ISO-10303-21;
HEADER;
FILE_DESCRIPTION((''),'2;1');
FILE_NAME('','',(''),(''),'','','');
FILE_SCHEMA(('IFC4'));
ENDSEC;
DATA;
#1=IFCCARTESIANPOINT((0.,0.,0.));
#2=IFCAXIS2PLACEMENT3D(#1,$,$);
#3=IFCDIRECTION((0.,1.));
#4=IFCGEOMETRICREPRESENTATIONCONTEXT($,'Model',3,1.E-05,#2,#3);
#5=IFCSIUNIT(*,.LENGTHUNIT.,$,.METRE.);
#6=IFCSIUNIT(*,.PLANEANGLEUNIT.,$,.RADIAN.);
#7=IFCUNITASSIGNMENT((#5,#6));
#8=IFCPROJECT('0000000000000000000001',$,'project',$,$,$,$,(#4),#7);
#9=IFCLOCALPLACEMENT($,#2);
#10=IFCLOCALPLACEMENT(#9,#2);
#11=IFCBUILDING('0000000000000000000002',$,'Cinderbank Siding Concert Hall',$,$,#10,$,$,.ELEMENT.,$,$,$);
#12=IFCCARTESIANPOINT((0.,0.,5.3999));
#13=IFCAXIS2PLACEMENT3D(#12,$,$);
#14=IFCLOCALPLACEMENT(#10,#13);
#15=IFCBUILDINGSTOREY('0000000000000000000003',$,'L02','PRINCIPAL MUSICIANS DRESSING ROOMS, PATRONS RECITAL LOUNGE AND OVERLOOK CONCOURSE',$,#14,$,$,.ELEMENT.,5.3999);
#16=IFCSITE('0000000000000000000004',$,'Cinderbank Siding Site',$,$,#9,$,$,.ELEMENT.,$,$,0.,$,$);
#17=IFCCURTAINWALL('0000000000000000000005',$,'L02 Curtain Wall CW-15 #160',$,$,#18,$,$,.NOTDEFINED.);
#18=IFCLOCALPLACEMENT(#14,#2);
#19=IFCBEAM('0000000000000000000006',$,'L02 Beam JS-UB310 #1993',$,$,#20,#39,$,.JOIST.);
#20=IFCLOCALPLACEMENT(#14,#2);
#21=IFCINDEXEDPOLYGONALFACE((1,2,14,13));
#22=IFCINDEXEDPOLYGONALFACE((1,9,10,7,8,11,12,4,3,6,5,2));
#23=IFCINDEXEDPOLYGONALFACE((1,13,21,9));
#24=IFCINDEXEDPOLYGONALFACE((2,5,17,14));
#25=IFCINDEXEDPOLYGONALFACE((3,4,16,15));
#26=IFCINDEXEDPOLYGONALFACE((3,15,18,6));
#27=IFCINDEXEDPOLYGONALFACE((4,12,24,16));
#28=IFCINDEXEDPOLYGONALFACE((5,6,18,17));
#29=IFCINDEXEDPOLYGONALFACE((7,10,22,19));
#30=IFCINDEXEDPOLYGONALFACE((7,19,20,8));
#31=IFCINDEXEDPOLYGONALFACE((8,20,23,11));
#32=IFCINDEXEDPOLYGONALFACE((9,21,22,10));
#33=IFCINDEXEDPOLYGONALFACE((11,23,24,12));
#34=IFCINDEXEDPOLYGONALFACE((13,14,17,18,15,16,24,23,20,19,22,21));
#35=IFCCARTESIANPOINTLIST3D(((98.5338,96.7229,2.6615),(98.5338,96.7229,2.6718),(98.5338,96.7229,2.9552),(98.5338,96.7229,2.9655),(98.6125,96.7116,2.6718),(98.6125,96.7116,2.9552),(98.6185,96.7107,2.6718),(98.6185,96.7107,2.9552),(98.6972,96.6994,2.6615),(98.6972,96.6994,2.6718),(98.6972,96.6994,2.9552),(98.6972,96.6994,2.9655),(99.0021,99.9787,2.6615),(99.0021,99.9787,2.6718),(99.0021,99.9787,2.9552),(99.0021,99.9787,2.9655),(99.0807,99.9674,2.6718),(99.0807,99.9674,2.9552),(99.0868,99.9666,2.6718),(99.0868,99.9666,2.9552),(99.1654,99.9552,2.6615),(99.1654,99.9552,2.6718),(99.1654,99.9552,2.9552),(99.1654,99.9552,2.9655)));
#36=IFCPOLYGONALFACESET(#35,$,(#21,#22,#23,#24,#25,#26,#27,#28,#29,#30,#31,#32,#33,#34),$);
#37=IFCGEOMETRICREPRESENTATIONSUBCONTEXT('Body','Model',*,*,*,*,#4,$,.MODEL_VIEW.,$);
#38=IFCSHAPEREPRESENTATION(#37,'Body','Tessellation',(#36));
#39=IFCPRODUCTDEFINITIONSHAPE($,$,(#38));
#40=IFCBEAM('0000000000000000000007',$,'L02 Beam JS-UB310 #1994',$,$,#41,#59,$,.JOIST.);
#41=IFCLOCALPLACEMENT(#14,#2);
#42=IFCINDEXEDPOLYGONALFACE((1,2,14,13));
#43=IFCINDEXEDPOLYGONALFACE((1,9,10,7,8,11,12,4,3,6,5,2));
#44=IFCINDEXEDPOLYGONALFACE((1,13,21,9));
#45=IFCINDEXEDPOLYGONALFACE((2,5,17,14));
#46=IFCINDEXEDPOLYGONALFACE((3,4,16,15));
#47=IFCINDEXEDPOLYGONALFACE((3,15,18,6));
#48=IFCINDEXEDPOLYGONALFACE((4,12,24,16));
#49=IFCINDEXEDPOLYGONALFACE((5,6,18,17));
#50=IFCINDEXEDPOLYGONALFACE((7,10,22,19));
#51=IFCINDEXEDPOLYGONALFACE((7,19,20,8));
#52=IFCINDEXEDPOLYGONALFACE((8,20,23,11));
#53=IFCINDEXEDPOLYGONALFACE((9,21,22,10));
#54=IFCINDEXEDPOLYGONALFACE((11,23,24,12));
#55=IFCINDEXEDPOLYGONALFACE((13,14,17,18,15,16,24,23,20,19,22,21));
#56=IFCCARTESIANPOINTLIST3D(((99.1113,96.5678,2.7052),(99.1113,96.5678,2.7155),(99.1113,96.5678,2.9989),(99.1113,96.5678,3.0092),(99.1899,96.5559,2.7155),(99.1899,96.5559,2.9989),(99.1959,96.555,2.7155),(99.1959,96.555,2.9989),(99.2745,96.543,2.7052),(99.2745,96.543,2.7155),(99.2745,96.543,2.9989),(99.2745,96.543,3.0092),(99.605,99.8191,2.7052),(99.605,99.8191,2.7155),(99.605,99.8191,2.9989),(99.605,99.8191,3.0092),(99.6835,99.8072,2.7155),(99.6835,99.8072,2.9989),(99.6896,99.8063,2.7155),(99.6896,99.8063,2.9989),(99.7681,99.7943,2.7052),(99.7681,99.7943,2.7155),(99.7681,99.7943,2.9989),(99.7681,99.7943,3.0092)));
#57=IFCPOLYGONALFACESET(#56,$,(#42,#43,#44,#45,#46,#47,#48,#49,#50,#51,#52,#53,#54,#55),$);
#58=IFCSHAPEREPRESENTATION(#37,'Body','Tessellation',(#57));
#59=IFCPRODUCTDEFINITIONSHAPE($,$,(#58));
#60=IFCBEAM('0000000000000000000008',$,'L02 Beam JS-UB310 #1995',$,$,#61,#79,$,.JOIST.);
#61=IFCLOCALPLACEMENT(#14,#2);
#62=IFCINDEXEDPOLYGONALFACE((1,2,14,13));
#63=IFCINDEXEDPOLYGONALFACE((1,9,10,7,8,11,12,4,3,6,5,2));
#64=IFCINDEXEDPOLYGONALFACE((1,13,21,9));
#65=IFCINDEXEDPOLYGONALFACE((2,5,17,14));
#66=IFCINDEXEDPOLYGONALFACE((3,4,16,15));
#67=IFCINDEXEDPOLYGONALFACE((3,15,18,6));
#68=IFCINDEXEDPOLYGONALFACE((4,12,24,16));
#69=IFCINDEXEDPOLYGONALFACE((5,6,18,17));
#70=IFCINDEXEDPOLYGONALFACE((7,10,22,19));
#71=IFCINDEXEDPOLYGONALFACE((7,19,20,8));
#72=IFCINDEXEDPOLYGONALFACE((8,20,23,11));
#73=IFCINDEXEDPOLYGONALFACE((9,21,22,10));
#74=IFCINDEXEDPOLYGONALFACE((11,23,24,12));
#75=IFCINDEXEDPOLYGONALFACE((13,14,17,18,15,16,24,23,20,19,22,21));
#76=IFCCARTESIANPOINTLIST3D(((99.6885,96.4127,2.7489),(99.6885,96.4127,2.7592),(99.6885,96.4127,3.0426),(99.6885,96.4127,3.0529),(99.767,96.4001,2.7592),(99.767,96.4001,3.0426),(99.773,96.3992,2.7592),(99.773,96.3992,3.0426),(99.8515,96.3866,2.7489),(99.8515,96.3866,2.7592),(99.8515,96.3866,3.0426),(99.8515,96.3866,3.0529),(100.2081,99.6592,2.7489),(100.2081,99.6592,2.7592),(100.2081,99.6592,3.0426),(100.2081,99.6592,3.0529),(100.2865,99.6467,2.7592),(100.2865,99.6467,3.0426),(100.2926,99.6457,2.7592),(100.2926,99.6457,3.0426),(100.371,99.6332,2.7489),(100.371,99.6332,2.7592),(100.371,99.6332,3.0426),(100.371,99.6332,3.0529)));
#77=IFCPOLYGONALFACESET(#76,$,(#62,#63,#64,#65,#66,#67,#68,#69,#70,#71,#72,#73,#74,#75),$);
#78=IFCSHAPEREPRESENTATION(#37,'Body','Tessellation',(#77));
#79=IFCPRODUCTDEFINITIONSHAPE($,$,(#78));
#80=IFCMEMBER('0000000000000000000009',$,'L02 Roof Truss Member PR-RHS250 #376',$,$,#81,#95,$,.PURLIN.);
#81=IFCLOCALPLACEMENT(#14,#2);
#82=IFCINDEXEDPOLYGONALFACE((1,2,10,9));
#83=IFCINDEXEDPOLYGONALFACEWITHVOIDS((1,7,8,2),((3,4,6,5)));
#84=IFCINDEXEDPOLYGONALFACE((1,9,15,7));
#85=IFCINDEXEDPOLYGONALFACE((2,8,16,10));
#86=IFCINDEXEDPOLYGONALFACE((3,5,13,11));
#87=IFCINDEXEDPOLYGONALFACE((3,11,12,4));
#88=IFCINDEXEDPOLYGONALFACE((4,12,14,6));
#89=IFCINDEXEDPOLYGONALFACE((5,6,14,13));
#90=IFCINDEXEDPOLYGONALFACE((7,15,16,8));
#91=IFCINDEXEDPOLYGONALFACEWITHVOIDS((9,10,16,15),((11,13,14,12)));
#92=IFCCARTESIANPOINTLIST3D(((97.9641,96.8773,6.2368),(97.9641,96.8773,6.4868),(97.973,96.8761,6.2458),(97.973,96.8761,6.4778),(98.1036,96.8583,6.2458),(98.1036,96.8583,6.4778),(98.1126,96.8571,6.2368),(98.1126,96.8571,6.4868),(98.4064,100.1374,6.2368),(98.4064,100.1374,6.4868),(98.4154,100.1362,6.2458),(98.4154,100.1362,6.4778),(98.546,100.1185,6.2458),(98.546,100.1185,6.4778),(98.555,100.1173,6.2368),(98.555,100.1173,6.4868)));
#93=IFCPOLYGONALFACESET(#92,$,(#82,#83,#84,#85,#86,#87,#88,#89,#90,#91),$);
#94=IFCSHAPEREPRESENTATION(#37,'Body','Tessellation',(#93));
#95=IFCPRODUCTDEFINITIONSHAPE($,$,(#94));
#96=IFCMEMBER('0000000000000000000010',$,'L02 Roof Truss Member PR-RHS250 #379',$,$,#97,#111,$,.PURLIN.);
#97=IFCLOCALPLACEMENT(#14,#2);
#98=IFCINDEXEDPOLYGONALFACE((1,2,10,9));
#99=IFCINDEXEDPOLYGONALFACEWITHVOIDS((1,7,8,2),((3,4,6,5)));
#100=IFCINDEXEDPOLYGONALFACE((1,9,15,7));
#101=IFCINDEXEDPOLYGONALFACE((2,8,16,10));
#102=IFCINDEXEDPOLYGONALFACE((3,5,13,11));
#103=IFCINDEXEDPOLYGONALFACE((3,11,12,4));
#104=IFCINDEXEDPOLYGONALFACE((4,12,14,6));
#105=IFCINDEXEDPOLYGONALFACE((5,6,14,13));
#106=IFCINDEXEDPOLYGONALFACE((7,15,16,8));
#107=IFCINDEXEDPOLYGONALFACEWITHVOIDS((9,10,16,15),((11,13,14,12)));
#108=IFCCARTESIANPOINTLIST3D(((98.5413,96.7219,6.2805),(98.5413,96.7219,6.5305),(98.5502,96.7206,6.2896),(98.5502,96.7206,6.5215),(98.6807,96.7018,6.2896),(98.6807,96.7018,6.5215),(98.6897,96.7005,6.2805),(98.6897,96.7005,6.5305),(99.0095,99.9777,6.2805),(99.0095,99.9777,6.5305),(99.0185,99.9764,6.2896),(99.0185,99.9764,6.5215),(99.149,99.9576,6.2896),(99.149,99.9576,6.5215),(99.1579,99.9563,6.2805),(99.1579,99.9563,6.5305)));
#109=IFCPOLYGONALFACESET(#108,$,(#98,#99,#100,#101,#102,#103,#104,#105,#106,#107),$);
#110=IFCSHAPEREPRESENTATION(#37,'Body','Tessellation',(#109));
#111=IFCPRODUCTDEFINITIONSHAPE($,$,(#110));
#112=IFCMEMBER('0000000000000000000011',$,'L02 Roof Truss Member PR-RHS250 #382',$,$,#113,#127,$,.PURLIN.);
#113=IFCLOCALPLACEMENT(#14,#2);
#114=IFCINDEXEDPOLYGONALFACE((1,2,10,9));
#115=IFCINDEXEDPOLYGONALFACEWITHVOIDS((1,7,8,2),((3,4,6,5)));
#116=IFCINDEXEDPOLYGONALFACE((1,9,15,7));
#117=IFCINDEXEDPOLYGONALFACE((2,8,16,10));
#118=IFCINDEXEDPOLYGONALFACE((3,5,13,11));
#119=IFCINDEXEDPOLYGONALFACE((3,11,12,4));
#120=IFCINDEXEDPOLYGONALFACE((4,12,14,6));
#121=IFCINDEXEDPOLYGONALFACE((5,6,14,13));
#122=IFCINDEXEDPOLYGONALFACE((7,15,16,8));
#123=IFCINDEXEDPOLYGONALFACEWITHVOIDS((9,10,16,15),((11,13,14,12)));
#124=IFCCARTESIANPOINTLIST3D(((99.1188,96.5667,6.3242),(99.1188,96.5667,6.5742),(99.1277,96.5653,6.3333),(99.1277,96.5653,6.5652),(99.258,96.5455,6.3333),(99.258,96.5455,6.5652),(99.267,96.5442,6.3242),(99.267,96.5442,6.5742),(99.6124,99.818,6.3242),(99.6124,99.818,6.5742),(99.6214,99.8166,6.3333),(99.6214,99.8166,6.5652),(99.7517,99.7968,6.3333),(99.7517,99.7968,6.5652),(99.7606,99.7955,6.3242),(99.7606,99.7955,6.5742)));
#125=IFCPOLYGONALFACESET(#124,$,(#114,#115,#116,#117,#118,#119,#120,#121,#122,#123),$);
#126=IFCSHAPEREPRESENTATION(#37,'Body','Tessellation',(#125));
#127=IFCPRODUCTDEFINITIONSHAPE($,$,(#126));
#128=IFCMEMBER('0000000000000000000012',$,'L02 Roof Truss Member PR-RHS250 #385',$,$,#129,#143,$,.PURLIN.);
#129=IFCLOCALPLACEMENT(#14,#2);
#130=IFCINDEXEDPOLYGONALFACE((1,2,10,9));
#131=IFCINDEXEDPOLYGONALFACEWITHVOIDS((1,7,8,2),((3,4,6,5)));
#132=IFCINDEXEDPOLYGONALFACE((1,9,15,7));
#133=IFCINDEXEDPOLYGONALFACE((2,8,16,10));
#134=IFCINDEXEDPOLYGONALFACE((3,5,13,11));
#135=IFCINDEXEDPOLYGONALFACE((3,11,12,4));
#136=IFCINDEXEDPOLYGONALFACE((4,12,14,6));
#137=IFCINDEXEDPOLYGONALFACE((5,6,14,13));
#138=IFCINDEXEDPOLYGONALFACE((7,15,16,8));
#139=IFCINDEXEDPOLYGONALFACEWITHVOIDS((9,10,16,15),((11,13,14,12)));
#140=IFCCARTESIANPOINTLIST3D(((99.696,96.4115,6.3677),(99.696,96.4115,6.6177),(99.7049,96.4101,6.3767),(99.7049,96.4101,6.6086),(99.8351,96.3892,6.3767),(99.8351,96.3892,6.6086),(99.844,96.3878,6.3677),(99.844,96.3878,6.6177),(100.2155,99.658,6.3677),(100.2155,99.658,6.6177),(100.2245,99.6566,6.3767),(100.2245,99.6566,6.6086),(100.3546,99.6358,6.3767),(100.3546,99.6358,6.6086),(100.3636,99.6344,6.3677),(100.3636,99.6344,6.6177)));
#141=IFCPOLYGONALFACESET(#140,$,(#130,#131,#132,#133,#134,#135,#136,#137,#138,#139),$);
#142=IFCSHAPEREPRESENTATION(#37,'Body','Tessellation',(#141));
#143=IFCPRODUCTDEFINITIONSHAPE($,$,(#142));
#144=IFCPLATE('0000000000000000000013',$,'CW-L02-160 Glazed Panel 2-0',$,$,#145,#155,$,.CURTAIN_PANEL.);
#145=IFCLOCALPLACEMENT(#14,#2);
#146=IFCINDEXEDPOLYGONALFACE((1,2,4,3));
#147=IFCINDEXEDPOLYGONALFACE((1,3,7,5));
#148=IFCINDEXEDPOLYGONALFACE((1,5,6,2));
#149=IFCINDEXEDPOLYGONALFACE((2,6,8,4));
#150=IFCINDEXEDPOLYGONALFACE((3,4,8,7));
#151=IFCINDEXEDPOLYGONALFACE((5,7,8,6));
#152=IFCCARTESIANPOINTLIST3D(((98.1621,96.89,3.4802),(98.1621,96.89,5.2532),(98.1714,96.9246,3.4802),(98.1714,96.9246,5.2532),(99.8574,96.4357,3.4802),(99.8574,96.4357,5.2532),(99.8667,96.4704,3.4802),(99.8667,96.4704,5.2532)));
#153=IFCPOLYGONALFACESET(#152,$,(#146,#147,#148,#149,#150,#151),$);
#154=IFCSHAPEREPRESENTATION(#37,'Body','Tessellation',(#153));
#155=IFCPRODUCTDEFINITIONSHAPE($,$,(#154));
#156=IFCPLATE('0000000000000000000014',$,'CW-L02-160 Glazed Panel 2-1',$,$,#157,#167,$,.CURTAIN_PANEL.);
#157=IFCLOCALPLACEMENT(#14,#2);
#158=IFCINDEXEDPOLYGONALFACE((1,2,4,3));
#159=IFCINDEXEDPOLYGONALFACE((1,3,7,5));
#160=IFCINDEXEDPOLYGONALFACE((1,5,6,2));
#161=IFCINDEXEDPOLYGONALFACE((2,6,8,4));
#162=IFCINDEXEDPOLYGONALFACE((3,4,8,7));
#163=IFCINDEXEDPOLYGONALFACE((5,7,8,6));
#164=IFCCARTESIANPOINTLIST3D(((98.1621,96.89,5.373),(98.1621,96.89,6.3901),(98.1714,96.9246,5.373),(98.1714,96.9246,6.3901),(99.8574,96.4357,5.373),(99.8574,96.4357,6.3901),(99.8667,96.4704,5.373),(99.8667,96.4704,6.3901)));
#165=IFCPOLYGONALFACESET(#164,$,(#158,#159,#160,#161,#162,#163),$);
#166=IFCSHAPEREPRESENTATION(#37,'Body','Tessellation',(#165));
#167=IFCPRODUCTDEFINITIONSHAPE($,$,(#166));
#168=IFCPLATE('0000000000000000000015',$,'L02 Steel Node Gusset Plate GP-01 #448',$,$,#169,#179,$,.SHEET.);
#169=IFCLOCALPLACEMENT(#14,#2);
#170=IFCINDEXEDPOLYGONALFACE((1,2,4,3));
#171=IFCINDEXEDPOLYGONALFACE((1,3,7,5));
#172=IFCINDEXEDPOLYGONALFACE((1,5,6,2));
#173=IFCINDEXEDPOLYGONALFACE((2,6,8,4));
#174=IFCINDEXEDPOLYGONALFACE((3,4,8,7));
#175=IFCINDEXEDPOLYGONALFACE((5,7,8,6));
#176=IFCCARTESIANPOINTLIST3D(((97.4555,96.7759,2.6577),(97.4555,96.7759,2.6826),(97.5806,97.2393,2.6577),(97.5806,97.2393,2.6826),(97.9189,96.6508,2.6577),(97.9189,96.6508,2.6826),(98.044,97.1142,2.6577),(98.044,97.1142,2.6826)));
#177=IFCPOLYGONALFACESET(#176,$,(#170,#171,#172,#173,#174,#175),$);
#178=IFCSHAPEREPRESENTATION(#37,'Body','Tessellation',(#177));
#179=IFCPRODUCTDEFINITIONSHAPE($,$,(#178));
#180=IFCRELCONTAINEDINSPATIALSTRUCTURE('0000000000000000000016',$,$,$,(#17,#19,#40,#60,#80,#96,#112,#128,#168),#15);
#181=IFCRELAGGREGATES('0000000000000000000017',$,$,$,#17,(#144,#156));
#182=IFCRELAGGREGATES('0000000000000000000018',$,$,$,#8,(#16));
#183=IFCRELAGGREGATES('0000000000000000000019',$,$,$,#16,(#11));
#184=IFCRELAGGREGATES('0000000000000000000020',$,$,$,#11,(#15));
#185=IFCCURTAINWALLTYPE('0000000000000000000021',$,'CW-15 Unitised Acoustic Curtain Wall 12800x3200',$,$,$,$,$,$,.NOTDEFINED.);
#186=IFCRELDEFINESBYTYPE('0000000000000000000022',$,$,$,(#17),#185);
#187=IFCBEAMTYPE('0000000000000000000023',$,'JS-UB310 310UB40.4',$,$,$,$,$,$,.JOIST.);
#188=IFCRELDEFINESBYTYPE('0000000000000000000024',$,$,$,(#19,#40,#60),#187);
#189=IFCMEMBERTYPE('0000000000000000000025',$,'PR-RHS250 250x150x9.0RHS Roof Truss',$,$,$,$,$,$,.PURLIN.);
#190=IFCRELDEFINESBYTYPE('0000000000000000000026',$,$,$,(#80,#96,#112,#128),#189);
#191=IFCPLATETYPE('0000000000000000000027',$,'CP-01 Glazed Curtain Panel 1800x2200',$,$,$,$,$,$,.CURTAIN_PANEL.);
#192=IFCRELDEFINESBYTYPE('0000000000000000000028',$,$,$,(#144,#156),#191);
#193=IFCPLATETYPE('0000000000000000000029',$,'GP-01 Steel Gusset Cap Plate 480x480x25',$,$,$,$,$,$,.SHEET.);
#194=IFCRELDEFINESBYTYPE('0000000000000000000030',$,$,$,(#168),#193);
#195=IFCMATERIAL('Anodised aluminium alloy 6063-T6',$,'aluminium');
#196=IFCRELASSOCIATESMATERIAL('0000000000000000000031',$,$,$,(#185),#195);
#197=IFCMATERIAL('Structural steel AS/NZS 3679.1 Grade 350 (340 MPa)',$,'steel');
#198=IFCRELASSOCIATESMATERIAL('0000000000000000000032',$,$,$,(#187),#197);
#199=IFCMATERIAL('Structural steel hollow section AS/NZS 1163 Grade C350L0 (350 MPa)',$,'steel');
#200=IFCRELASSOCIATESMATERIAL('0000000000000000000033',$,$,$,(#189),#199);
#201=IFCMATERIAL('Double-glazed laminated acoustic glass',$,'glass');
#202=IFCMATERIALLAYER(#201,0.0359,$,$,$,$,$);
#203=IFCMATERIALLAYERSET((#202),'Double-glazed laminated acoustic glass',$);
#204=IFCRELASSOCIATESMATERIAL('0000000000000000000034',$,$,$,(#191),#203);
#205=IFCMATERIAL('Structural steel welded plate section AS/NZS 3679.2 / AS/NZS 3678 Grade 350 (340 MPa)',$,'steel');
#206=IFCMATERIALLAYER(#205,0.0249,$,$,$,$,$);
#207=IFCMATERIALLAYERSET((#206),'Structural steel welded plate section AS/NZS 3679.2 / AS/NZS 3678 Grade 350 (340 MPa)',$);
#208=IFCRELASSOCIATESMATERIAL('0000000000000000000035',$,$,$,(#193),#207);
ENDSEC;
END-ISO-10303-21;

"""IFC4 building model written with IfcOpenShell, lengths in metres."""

from ifc_helpers import new_model, si_unit, direction, frame, origin, origin_2d, place, context, subcontext, project, spatial, rectangle, hollow_rectangle, i_section, extrude, material, layer, layer_set, material_profile, profile_set, type_object, element, aggregate, save


model = new_model("IFC4")

# Units and contexts
model_context = context("Model", 3, precision=1e-05, world=origin(), true_north=direction((0.0, 1.0)))
body_context = subcontext(model_context, "Body", "Model", "MODEL_VIEW")
ifc_project = project(units=[si_unit("LENGTHUNIT", "METRE"), si_unit("PLANEANGLEUNIT", "RADIAN")], contexts=[model_context])

# Site, building, storey
site_placement = place(None, origin())
site = spatial("IfcSite", under=ifc_project, at=site_placement, Name="Cinderbank Siding Site", CompositionType="ELEMENT", RefElevation=0.0)
building_placement = place(site_placement, origin())
building = spatial("IfcBuilding", under=site, at=building_placement, Name="Cinderbank Siding Concert Hall", CompositionType="ELEMENT")
storey_placement = place(building_placement, frame((0.0, 0.0, 5.3999)))
storey = spatial("IfcBuildingStorey", under=building, at=storey_placement, Name="L02", Description="PRINCIPAL MUSICIANS DRESSING ROOMS, PATRONS RECITAL LOUNGE AND OVERLOOK CONCOURSE", CompositionType="ELEMENT", Elevation=5.3999)

# Shared definitions
ifc_material_1 = material(Name="Structural steel hollow section AS/NZS 1163 Grade C350L0 (350 MPa)", Category="steel")

# Curtain wall
ifc_material_2 = material(Name="Anodised aluminium alloy 6063-T6", Category="aluminium")
curtain_wall_type = type_object("IfcCurtainWallType", Name="CW-15 Unitised Acoustic Curtain Wall 12800x3200", PredefinedType="NOTDEFINED", material=ifc_material_2)
curtain_wall_placement = place(storey_placement, origin())
curtain_wall = element("IfcCurtainWall", 1, at=curtain_wall_placement, inside=storey, type_object=curtain_wall_type, Name="L02 Curtain Wall CW-15 #160", PredefinedType="NOTDEFINED")

# Beams
ifc_material_3 = material(Name="Structural steel AS/NZS 3679.1 Grade 350 (340 MPa)", Category="steel")
ifc_material_profile_1 = material_profile(ifc_material_3, i_section(OverallWidth=0.165, OverallDepth=0.304, WebThickness=0.0061, FlangeThickness=0.0103, at=origin_2d()), Name="310UB40.4", Category="LoadBearing")
ifc_profile_set_1 = profile_set([ifc_material_profile_1], Name="Structural steel AS/NZS 3679.1 Grade 350 (340 MPa)")
beam_type = type_object("IfcBeamType", Name="JS-UB310 310UB40.4", PredefinedType="JOIST", material=ifc_profile_set_1)
beam_1_placement = place(storey_placement, frame((98.6155, 96.7112, 2.8135), z_axis=(0.142356, 0.989815, 0.0), x_axis=(-0.989815, 0.142356, 0.0)))
element("IfcBeam", 2, at=beam_1_placement, inside=storey, type_object=beam_type, Name="L02 Beam JS-UB310 #1993", PredefinedType="JOIST", context=body_context, shape_type="SweptSolid", body=[
    extrude(i_section(OverallWidth=0.165, OverallDepth=0.304, WebThickness=0.0061, FlangeThickness=0.0103, at=origin_2d()), origin(), (0.0, 0.0, 1.0), 3.2893),
])
beam_2_placement = place(storey_placement, frame((99.1929, 96.5554, 2.8572), z_axis=(0.150115, 0.988668, 0.0), x_axis=(-0.988668, 0.150115, 0.0)))
element("IfcBeam", 3, at=beam_2_placement, inside=storey, type_object=beam_type, Name="L02 Beam JS-UB310 #1994", PredefinedType="JOIST", context=body_context, shape_type="SweptSolid", body=[
    extrude(i_section(OverallWidth=0.165, OverallDepth=0.304, WebThickness=0.0061, FlangeThickness=0.0103, at=origin_2d()), origin(), (0.0, 0.0, 1.0), 3.2886),
])
beam_3_placement = place(storey_placement, frame((99.77, 96.3997, 2.9009), z_axis=(0.158014, 0.987437, 0.0), x_axis=(-0.987437, 0.158014, 0.0)))
element("IfcBeam", 4, at=beam_3_placement, inside=storey, type_object=beam_type, Name="L02 Beam JS-UB310 #1995", PredefinedType="JOIST", context=body_context, shape_type="SweptSolid", body=[
    extrude(i_section(OverallWidth=0.165, OverallDepth=0.304, WebThickness=0.0061, FlangeThickness=0.0103, at=origin_2d()), origin(), (0.0, 0.0, 1.0), 3.2878),
])

# Members
ifc_material_profile_2 = material_profile(ifc_material_1, hollow_rectangle(XDim=0.1499, YDim=0.25, WallThickness=0.009, at=origin_2d()), Name="250x150x9.0RHS", Category="LoadBearing")
ifc_profile_set_2 = profile_set([ifc_material_profile_2], Name="Structural steel hollow section AS/NZS 1163 Grade C350L0 (350 MPa)")
member_type_1 = type_object("IfcMemberType", Name="PR-RHS250 250x150x9.0RHS Roof Truss", PredefinedType="PURLIN", material=ifc_profile_set_2)
member_1_placement = place(storey_placement, frame((98.0383, 96.8672, 6.3618), z_axis=(0.134458, 0.990919, 0.0), x_axis=(-0.990919, 0.134458, 0.0)))
element("IfcMember", 5, at=member_1_placement, inside=storey, type_object=member_type_1, Name="L02 Roof Truss Member PR-RHS250 #376", PredefinedType="PURLIN", context=body_context, shape_type="SweptSolid", body=[
    extrude(hollow_rectangle(XDim=0.1499, YDim=0.25, WallThickness=0.009, at=origin_2d()), origin(), (0.0, 0.0, 1.0), 3.29),
])
member_2_placement = place(storey_placement, frame((98.6155, 96.7112, 6.4055), z_axis=(0.142356, 0.989815, 0.0), x_axis=(-0.989815, 0.142356, 0.0)))
element("IfcMember", 6, at=member_2_placement, inside=storey, type_object=member_type_1, Name="L02 Roof Truss Member PR-RHS250 #379", PredefinedType="PURLIN", context=body_context, shape_type="SweptSolid", body=[
    extrude(hollow_rectangle(XDim=0.1499, YDim=0.25, WallThickness=0.009, at=origin_2d()), origin(), (0.0, 0.0, 1.0), 3.2893),
])
member_3_placement = place(storey_placement, frame((99.1929, 96.5554, 6.4492), z_axis=(0.150115, 0.988668, 0.0), x_axis=(-0.988668, 0.150115, 0.0)))
element("IfcMember", 7, at=member_3_placement, inside=storey, type_object=member_type_1, Name="L02 Roof Truss Member PR-RHS250 #382", PredefinedType="PURLIN", context=body_context, shape_type="SweptSolid", body=[
    extrude(hollow_rectangle(XDim=0.1499, YDim=0.25, WallThickness=0.009, at=origin_2d()), origin(), (0.0, 0.0, 1.0), 3.2886),
])
member_4_placement = place(storey_placement, frame((99.77, 96.3997, 6.4927), z_axis=(0.158014, 0.987437, 0.0), x_axis=(-0.987437, 0.158014, 0.0)))
element("IfcMember", 8, at=member_4_placement, inside=storey, type_object=member_type_1, Name="L02 Roof Truss Member PR-RHS250 #385", PredefinedType="PURLIN", context=body_context, shape_type="SweptSolid", body=[
    extrude(hollow_rectangle(XDim=0.1499, YDim=0.25, WallThickness=0.009, at=origin_2d()), origin(), (0.0, 0.0, 1.0), 3.2878),
])

# Plates
ifc_material_4 = material(Name="Double-glazed laminated acoustic glass", Category="glass")
ifc_layer_1 = layer(ifc_material_4, 0.0359)
ifc_layer_set_1 = layer_set([ifc_layer_1], Name="Double-glazed laminated acoustic glass")
plate_type_1 = type_object("IfcPlateType", Name="CP-01 Glazed Curtain Panel 1800x2200", PredefinedType="CURTAIN_PANEL", material=ifc_layer_set_1)
plate_1_placement = place(storey_placement, frame((99.0144, 96.6802, 3.4802), z_axis=(0.0, 0.0, 1.0), x_axis=(0.965926, -0.258818, 0.0)))
plate_1 = element("IfcPlate", 9, at=plate_1_placement, type_object=plate_type_1, Name="CW-L02-160 Glazed Panel 2-0", PredefinedType="CURTAIN_PANEL", context=body_context, shape_type="SweptSolid", body=[
    extrude(rectangle(XDim=1.7551, YDim=0.0359, at=origin_2d()), origin(), (0.0, 0.0, 1.0), 1.7729),
])
plate_2_placement = place(storey_placement, frame((99.0144, 96.6802, 5.373), z_axis=(0.0, 0.0, 1.0), x_axis=(0.965926, -0.258818, 0.0)))
plate_2 = element("IfcPlate", 10, at=plate_2_placement, type_object=plate_type_1, Name="CW-L02-160 Glazed Panel 2-1", PredefinedType="CURTAIN_PANEL", context=body_context, shape_type="SweptSolid", body=[
    extrude(rectangle(XDim=1.7551, YDim=0.0359, at=origin_2d()), origin(), (0.0, 0.0, 1.0), 1.0171),
])
aggregate(curtain_wall, [plate_1, plate_2])

# Plate
ifc_material_5 = material(Name="Structural steel welded plate section AS/NZS 3679.2 / AS/NZS 3678 Grade 350 (340 MPa)", Category="steel")
ifc_layer_2 = layer(ifc_material_5, 0.0249)
ifc_layer_set_2 = layer_set([ifc_layer_2], Name="Structural steel welded plate section AS/NZS 3679.2 / AS/NZS 3678 Grade 350 (340 MPa)")
plate_type_2 = type_object("IfcPlateType", Name="GP-01 Steel Gusset Cap Plate 480x480x25", PredefinedType="SHEET", material=ifc_layer_set_2)
plate_3_placement = place(storey_placement, frame((97.7498, 96.9451, 2.6577), z_axis=(0.0, 0.0, 1.0), x_axis=(0.965427, -0.260673, 0.0)))
element("IfcPlate", 11, at=plate_3_placement, inside=storey, type_object=plate_type_2, Name="L02 Steel Node Gusset Plate GP-01 #448", PredefinedType="SHEET", context=body_context, shape_type="SweptSolid", body=[
    extrude(rectangle(XDim=0.48, YDim=0.48, at=origin_2d()), origin(), (0.0, 0.0, 1.0), 0.0249),
])

save(model, "model.ifc")
